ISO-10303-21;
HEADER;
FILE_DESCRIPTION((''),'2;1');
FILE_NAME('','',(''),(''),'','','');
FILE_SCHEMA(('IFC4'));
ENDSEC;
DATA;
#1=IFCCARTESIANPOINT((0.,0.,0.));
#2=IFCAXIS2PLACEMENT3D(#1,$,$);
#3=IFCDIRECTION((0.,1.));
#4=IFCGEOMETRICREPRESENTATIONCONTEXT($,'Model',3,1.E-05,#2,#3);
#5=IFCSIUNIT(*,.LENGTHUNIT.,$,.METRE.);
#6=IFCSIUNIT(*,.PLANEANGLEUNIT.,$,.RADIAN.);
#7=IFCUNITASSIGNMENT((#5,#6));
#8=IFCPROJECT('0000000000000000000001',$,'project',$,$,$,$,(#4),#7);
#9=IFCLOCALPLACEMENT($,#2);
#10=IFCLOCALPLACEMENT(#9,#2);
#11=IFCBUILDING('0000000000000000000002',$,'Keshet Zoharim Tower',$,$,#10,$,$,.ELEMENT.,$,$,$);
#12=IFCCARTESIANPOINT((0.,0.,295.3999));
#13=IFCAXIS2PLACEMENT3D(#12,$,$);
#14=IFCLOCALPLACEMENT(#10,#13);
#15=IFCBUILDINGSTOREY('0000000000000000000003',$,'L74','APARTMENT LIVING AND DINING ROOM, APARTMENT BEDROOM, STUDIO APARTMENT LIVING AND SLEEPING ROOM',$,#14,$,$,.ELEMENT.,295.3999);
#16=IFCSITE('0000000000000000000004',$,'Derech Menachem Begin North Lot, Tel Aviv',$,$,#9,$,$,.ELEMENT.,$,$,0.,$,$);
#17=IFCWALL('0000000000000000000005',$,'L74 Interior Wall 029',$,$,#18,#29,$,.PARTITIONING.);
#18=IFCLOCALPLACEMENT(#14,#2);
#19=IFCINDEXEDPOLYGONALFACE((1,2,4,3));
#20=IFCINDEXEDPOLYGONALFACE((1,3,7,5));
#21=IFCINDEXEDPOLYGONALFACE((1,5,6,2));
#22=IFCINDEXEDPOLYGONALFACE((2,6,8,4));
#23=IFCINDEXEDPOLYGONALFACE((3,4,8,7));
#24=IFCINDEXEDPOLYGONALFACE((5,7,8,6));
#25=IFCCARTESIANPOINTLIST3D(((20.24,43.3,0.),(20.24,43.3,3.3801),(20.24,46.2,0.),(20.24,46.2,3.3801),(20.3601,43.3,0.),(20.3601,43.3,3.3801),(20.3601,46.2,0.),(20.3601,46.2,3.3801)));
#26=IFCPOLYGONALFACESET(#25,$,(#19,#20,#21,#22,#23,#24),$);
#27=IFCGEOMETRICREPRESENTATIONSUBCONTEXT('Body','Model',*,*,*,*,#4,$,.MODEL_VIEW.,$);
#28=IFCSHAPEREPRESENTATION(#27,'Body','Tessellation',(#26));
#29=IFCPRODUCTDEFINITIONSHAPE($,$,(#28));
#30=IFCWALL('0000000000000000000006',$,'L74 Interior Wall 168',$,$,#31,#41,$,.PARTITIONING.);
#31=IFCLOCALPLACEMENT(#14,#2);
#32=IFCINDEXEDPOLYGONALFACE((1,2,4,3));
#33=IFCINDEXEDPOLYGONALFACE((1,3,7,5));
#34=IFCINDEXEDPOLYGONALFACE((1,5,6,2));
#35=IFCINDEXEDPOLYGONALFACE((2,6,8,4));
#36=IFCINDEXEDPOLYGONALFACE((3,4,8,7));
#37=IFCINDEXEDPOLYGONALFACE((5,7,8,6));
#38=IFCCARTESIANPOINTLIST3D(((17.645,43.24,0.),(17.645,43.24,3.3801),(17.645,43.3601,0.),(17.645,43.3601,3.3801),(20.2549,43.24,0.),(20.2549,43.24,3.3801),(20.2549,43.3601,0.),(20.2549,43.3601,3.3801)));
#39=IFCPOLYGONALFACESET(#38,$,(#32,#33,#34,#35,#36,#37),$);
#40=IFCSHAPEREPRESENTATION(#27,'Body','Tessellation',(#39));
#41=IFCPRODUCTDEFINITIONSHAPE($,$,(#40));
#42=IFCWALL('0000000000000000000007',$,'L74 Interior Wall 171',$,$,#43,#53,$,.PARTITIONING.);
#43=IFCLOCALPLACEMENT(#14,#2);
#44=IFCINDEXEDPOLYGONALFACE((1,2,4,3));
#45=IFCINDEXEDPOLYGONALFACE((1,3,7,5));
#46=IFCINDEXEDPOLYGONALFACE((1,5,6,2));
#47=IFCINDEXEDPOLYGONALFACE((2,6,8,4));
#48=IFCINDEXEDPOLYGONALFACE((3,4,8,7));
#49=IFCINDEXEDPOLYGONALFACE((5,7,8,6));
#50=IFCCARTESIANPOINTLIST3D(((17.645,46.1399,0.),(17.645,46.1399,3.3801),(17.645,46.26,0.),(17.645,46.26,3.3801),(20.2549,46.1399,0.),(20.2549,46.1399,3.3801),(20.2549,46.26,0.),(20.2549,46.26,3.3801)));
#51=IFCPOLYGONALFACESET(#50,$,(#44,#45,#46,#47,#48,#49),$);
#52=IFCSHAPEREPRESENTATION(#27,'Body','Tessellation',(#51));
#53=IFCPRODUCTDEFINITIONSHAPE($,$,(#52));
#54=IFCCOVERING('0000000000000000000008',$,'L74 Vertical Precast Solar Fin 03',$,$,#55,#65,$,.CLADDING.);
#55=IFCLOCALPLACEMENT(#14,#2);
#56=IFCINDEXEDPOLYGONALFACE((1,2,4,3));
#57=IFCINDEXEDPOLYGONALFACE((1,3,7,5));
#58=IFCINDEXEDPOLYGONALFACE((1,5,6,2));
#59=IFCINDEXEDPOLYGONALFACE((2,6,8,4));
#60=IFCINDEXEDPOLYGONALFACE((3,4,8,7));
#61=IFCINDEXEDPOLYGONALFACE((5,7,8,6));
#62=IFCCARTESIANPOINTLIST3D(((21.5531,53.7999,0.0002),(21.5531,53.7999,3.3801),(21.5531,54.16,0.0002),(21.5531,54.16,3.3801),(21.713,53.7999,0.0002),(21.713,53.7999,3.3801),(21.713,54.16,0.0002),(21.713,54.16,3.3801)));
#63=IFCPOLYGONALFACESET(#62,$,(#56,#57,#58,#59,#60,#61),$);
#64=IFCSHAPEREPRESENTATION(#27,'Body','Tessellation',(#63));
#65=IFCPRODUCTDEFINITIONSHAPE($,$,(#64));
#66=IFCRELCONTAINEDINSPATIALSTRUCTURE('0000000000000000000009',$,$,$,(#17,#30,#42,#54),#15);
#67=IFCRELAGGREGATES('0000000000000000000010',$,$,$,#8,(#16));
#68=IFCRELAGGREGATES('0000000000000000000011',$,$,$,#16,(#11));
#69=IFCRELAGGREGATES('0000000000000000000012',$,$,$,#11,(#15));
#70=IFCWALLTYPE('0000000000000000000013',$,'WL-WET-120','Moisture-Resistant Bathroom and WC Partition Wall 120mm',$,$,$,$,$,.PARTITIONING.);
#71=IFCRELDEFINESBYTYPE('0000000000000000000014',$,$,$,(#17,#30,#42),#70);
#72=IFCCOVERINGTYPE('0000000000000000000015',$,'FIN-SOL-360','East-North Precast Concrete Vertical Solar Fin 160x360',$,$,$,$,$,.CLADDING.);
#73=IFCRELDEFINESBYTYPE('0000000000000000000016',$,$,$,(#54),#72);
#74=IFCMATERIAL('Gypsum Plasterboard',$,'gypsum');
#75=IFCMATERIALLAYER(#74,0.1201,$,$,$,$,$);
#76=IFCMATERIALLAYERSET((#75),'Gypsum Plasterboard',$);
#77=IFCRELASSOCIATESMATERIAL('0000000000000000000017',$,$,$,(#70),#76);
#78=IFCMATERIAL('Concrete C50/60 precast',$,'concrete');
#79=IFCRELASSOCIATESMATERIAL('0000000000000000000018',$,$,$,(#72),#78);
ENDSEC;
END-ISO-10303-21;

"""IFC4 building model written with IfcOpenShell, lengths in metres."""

from ifc_helpers import new_model, si_unit, direction, frame, frame_2d, origin, origin_2d, place, context, subcontext, project, spatial, rectangle, extrude, material, layer, layer_set, type_object, element, save


model = new_model("IFC4")

# Units and contexts
model_context = context("Model", 3, precision=1e-05, world=origin(), true_north=direction((0.0, 1.0)))
body_context = subcontext(model_context, "Body", "Model", "MODEL_VIEW")
ifc_project = project(units=[si_unit("LENGTHUNIT", "METRE"), si_unit("PLANEANGLEUNIT", "RADIAN")], contexts=[model_context])

# Site, building, storey
site_placement = place(None, origin())
site = spatial("IfcSite", under=ifc_project, at=site_placement, Name="Derech Menachem Begin North Lot, Tel Aviv", CompositionType="ELEMENT", RefElevation=0.0)
building_placement = place(site_placement, origin())
building = spatial("IfcBuilding", under=site, at=building_placement, Name="Keshet Zoharim Tower", CompositionType="ELEMENT")
storey_placement = place(building_placement, frame((0.0, 0.0, 295.3999)))
storey = spatial("IfcBuildingStorey", under=building, at=storey_placement, Name="L74", Description="APARTMENT LIVING AND DINING ROOM, APARTMENT BEDROOM, STUDIO APARTMENT LIVING AND SLEEPING ROOM", CompositionType="ELEMENT", Elevation=295.3999)

# Shared definitions
ifc_material_1 = material(Name="Gypsum Plasterboard", Category="gypsum")

# Walls
ifc_layer_1 = layer(ifc_material_1, 0.1201)
ifc_layer_set_1 = layer_set([ifc_layer_1], Name="Gypsum Plasterboard")
wall_type_1 = type_object("IfcWallType", Name="WL-WET-120", Description="Moisture-Resistant Bathroom and WC Partition Wall 120mm", PredefinedType="PARTITIONING", material=ifc_layer_set_1)
wall_1_placement = place(storey_placement, frame((20.3, 43.3, 0.0), z_axis=(0.0, 0.0, 1.0), x_axis=(0.0, 1.0, 0.0)))
element("IfcWall", 1, at=wall_1_placement, inside=storey, type_object=wall_type_1, Name="L74 Interior Wall 029", PredefinedType="PARTITIONING", context=body_context, shape_type="SweptSolid", body=[
    extrude(rectangle(XDim=2.8999, YDim=0.1201, at=frame_2d((1.45, 0.0))), origin(), (0.0, 0.0, 1.0), 3.3801),
])
for number, where, z_axis, x_axis, name in (
    (2, (17.645, 43.3, 0.0), (0.0, 0.0, 1.0), (1.0, 0.0, 0.0), "L74 Interior Wall 168"),
    (3, (17.645, 46.2, 0.0), (0.0, 0.0, 1.0), (1.0, 0.0, 0.0), "L74 Interior Wall 171"),
):
    element("IfcWall", number, at=place(storey_placement, frame(where, z_axis=z_axis, x_axis=x_axis)), inside=storey, type_object=wall_type_1, Name=name, PredefinedType="PARTITIONING", context=body_context, shape_type="SweptSolid", body=[
        extrude(rectangle(XDim=2.6099, YDim=0.1201, at=frame_2d((1.3049, 0.0))), origin(), (0.0, 0.0, 1.0), 3.3801),
    ])

# Covering
ifc_material_2 = material(Name="Concrete C50/60 precast", Category="concrete")
covering_type = type_object("IfcCoveringType", Name="FIN-SOL-360", Description="East-North Precast Concrete Vertical Solar Fin 160x360", PredefinedType="CLADDING", material=ifc_material_2)
covering_placement = place(storey_placement, frame((21.6331, 53.98, 0.0002), z_axis=(0.0, 0.0, 1.0), x_axis=(1.0, 0.0, 0.0)))
element("IfcCovering", 4, at=covering_placement, inside=storey, type_object=covering_type, Name="L74 Vertical Precast Solar Fin 03", PredefinedType="CLADDING", context=body_context, shape_type="SweptSolid", body=[
    extrude(rectangle(XDim=0.1599, YDim=0.3601, at=origin_2d()), origin(), (0.0, 0.0, 1.0), 3.3799),
])

save(model, "model.ifc")
